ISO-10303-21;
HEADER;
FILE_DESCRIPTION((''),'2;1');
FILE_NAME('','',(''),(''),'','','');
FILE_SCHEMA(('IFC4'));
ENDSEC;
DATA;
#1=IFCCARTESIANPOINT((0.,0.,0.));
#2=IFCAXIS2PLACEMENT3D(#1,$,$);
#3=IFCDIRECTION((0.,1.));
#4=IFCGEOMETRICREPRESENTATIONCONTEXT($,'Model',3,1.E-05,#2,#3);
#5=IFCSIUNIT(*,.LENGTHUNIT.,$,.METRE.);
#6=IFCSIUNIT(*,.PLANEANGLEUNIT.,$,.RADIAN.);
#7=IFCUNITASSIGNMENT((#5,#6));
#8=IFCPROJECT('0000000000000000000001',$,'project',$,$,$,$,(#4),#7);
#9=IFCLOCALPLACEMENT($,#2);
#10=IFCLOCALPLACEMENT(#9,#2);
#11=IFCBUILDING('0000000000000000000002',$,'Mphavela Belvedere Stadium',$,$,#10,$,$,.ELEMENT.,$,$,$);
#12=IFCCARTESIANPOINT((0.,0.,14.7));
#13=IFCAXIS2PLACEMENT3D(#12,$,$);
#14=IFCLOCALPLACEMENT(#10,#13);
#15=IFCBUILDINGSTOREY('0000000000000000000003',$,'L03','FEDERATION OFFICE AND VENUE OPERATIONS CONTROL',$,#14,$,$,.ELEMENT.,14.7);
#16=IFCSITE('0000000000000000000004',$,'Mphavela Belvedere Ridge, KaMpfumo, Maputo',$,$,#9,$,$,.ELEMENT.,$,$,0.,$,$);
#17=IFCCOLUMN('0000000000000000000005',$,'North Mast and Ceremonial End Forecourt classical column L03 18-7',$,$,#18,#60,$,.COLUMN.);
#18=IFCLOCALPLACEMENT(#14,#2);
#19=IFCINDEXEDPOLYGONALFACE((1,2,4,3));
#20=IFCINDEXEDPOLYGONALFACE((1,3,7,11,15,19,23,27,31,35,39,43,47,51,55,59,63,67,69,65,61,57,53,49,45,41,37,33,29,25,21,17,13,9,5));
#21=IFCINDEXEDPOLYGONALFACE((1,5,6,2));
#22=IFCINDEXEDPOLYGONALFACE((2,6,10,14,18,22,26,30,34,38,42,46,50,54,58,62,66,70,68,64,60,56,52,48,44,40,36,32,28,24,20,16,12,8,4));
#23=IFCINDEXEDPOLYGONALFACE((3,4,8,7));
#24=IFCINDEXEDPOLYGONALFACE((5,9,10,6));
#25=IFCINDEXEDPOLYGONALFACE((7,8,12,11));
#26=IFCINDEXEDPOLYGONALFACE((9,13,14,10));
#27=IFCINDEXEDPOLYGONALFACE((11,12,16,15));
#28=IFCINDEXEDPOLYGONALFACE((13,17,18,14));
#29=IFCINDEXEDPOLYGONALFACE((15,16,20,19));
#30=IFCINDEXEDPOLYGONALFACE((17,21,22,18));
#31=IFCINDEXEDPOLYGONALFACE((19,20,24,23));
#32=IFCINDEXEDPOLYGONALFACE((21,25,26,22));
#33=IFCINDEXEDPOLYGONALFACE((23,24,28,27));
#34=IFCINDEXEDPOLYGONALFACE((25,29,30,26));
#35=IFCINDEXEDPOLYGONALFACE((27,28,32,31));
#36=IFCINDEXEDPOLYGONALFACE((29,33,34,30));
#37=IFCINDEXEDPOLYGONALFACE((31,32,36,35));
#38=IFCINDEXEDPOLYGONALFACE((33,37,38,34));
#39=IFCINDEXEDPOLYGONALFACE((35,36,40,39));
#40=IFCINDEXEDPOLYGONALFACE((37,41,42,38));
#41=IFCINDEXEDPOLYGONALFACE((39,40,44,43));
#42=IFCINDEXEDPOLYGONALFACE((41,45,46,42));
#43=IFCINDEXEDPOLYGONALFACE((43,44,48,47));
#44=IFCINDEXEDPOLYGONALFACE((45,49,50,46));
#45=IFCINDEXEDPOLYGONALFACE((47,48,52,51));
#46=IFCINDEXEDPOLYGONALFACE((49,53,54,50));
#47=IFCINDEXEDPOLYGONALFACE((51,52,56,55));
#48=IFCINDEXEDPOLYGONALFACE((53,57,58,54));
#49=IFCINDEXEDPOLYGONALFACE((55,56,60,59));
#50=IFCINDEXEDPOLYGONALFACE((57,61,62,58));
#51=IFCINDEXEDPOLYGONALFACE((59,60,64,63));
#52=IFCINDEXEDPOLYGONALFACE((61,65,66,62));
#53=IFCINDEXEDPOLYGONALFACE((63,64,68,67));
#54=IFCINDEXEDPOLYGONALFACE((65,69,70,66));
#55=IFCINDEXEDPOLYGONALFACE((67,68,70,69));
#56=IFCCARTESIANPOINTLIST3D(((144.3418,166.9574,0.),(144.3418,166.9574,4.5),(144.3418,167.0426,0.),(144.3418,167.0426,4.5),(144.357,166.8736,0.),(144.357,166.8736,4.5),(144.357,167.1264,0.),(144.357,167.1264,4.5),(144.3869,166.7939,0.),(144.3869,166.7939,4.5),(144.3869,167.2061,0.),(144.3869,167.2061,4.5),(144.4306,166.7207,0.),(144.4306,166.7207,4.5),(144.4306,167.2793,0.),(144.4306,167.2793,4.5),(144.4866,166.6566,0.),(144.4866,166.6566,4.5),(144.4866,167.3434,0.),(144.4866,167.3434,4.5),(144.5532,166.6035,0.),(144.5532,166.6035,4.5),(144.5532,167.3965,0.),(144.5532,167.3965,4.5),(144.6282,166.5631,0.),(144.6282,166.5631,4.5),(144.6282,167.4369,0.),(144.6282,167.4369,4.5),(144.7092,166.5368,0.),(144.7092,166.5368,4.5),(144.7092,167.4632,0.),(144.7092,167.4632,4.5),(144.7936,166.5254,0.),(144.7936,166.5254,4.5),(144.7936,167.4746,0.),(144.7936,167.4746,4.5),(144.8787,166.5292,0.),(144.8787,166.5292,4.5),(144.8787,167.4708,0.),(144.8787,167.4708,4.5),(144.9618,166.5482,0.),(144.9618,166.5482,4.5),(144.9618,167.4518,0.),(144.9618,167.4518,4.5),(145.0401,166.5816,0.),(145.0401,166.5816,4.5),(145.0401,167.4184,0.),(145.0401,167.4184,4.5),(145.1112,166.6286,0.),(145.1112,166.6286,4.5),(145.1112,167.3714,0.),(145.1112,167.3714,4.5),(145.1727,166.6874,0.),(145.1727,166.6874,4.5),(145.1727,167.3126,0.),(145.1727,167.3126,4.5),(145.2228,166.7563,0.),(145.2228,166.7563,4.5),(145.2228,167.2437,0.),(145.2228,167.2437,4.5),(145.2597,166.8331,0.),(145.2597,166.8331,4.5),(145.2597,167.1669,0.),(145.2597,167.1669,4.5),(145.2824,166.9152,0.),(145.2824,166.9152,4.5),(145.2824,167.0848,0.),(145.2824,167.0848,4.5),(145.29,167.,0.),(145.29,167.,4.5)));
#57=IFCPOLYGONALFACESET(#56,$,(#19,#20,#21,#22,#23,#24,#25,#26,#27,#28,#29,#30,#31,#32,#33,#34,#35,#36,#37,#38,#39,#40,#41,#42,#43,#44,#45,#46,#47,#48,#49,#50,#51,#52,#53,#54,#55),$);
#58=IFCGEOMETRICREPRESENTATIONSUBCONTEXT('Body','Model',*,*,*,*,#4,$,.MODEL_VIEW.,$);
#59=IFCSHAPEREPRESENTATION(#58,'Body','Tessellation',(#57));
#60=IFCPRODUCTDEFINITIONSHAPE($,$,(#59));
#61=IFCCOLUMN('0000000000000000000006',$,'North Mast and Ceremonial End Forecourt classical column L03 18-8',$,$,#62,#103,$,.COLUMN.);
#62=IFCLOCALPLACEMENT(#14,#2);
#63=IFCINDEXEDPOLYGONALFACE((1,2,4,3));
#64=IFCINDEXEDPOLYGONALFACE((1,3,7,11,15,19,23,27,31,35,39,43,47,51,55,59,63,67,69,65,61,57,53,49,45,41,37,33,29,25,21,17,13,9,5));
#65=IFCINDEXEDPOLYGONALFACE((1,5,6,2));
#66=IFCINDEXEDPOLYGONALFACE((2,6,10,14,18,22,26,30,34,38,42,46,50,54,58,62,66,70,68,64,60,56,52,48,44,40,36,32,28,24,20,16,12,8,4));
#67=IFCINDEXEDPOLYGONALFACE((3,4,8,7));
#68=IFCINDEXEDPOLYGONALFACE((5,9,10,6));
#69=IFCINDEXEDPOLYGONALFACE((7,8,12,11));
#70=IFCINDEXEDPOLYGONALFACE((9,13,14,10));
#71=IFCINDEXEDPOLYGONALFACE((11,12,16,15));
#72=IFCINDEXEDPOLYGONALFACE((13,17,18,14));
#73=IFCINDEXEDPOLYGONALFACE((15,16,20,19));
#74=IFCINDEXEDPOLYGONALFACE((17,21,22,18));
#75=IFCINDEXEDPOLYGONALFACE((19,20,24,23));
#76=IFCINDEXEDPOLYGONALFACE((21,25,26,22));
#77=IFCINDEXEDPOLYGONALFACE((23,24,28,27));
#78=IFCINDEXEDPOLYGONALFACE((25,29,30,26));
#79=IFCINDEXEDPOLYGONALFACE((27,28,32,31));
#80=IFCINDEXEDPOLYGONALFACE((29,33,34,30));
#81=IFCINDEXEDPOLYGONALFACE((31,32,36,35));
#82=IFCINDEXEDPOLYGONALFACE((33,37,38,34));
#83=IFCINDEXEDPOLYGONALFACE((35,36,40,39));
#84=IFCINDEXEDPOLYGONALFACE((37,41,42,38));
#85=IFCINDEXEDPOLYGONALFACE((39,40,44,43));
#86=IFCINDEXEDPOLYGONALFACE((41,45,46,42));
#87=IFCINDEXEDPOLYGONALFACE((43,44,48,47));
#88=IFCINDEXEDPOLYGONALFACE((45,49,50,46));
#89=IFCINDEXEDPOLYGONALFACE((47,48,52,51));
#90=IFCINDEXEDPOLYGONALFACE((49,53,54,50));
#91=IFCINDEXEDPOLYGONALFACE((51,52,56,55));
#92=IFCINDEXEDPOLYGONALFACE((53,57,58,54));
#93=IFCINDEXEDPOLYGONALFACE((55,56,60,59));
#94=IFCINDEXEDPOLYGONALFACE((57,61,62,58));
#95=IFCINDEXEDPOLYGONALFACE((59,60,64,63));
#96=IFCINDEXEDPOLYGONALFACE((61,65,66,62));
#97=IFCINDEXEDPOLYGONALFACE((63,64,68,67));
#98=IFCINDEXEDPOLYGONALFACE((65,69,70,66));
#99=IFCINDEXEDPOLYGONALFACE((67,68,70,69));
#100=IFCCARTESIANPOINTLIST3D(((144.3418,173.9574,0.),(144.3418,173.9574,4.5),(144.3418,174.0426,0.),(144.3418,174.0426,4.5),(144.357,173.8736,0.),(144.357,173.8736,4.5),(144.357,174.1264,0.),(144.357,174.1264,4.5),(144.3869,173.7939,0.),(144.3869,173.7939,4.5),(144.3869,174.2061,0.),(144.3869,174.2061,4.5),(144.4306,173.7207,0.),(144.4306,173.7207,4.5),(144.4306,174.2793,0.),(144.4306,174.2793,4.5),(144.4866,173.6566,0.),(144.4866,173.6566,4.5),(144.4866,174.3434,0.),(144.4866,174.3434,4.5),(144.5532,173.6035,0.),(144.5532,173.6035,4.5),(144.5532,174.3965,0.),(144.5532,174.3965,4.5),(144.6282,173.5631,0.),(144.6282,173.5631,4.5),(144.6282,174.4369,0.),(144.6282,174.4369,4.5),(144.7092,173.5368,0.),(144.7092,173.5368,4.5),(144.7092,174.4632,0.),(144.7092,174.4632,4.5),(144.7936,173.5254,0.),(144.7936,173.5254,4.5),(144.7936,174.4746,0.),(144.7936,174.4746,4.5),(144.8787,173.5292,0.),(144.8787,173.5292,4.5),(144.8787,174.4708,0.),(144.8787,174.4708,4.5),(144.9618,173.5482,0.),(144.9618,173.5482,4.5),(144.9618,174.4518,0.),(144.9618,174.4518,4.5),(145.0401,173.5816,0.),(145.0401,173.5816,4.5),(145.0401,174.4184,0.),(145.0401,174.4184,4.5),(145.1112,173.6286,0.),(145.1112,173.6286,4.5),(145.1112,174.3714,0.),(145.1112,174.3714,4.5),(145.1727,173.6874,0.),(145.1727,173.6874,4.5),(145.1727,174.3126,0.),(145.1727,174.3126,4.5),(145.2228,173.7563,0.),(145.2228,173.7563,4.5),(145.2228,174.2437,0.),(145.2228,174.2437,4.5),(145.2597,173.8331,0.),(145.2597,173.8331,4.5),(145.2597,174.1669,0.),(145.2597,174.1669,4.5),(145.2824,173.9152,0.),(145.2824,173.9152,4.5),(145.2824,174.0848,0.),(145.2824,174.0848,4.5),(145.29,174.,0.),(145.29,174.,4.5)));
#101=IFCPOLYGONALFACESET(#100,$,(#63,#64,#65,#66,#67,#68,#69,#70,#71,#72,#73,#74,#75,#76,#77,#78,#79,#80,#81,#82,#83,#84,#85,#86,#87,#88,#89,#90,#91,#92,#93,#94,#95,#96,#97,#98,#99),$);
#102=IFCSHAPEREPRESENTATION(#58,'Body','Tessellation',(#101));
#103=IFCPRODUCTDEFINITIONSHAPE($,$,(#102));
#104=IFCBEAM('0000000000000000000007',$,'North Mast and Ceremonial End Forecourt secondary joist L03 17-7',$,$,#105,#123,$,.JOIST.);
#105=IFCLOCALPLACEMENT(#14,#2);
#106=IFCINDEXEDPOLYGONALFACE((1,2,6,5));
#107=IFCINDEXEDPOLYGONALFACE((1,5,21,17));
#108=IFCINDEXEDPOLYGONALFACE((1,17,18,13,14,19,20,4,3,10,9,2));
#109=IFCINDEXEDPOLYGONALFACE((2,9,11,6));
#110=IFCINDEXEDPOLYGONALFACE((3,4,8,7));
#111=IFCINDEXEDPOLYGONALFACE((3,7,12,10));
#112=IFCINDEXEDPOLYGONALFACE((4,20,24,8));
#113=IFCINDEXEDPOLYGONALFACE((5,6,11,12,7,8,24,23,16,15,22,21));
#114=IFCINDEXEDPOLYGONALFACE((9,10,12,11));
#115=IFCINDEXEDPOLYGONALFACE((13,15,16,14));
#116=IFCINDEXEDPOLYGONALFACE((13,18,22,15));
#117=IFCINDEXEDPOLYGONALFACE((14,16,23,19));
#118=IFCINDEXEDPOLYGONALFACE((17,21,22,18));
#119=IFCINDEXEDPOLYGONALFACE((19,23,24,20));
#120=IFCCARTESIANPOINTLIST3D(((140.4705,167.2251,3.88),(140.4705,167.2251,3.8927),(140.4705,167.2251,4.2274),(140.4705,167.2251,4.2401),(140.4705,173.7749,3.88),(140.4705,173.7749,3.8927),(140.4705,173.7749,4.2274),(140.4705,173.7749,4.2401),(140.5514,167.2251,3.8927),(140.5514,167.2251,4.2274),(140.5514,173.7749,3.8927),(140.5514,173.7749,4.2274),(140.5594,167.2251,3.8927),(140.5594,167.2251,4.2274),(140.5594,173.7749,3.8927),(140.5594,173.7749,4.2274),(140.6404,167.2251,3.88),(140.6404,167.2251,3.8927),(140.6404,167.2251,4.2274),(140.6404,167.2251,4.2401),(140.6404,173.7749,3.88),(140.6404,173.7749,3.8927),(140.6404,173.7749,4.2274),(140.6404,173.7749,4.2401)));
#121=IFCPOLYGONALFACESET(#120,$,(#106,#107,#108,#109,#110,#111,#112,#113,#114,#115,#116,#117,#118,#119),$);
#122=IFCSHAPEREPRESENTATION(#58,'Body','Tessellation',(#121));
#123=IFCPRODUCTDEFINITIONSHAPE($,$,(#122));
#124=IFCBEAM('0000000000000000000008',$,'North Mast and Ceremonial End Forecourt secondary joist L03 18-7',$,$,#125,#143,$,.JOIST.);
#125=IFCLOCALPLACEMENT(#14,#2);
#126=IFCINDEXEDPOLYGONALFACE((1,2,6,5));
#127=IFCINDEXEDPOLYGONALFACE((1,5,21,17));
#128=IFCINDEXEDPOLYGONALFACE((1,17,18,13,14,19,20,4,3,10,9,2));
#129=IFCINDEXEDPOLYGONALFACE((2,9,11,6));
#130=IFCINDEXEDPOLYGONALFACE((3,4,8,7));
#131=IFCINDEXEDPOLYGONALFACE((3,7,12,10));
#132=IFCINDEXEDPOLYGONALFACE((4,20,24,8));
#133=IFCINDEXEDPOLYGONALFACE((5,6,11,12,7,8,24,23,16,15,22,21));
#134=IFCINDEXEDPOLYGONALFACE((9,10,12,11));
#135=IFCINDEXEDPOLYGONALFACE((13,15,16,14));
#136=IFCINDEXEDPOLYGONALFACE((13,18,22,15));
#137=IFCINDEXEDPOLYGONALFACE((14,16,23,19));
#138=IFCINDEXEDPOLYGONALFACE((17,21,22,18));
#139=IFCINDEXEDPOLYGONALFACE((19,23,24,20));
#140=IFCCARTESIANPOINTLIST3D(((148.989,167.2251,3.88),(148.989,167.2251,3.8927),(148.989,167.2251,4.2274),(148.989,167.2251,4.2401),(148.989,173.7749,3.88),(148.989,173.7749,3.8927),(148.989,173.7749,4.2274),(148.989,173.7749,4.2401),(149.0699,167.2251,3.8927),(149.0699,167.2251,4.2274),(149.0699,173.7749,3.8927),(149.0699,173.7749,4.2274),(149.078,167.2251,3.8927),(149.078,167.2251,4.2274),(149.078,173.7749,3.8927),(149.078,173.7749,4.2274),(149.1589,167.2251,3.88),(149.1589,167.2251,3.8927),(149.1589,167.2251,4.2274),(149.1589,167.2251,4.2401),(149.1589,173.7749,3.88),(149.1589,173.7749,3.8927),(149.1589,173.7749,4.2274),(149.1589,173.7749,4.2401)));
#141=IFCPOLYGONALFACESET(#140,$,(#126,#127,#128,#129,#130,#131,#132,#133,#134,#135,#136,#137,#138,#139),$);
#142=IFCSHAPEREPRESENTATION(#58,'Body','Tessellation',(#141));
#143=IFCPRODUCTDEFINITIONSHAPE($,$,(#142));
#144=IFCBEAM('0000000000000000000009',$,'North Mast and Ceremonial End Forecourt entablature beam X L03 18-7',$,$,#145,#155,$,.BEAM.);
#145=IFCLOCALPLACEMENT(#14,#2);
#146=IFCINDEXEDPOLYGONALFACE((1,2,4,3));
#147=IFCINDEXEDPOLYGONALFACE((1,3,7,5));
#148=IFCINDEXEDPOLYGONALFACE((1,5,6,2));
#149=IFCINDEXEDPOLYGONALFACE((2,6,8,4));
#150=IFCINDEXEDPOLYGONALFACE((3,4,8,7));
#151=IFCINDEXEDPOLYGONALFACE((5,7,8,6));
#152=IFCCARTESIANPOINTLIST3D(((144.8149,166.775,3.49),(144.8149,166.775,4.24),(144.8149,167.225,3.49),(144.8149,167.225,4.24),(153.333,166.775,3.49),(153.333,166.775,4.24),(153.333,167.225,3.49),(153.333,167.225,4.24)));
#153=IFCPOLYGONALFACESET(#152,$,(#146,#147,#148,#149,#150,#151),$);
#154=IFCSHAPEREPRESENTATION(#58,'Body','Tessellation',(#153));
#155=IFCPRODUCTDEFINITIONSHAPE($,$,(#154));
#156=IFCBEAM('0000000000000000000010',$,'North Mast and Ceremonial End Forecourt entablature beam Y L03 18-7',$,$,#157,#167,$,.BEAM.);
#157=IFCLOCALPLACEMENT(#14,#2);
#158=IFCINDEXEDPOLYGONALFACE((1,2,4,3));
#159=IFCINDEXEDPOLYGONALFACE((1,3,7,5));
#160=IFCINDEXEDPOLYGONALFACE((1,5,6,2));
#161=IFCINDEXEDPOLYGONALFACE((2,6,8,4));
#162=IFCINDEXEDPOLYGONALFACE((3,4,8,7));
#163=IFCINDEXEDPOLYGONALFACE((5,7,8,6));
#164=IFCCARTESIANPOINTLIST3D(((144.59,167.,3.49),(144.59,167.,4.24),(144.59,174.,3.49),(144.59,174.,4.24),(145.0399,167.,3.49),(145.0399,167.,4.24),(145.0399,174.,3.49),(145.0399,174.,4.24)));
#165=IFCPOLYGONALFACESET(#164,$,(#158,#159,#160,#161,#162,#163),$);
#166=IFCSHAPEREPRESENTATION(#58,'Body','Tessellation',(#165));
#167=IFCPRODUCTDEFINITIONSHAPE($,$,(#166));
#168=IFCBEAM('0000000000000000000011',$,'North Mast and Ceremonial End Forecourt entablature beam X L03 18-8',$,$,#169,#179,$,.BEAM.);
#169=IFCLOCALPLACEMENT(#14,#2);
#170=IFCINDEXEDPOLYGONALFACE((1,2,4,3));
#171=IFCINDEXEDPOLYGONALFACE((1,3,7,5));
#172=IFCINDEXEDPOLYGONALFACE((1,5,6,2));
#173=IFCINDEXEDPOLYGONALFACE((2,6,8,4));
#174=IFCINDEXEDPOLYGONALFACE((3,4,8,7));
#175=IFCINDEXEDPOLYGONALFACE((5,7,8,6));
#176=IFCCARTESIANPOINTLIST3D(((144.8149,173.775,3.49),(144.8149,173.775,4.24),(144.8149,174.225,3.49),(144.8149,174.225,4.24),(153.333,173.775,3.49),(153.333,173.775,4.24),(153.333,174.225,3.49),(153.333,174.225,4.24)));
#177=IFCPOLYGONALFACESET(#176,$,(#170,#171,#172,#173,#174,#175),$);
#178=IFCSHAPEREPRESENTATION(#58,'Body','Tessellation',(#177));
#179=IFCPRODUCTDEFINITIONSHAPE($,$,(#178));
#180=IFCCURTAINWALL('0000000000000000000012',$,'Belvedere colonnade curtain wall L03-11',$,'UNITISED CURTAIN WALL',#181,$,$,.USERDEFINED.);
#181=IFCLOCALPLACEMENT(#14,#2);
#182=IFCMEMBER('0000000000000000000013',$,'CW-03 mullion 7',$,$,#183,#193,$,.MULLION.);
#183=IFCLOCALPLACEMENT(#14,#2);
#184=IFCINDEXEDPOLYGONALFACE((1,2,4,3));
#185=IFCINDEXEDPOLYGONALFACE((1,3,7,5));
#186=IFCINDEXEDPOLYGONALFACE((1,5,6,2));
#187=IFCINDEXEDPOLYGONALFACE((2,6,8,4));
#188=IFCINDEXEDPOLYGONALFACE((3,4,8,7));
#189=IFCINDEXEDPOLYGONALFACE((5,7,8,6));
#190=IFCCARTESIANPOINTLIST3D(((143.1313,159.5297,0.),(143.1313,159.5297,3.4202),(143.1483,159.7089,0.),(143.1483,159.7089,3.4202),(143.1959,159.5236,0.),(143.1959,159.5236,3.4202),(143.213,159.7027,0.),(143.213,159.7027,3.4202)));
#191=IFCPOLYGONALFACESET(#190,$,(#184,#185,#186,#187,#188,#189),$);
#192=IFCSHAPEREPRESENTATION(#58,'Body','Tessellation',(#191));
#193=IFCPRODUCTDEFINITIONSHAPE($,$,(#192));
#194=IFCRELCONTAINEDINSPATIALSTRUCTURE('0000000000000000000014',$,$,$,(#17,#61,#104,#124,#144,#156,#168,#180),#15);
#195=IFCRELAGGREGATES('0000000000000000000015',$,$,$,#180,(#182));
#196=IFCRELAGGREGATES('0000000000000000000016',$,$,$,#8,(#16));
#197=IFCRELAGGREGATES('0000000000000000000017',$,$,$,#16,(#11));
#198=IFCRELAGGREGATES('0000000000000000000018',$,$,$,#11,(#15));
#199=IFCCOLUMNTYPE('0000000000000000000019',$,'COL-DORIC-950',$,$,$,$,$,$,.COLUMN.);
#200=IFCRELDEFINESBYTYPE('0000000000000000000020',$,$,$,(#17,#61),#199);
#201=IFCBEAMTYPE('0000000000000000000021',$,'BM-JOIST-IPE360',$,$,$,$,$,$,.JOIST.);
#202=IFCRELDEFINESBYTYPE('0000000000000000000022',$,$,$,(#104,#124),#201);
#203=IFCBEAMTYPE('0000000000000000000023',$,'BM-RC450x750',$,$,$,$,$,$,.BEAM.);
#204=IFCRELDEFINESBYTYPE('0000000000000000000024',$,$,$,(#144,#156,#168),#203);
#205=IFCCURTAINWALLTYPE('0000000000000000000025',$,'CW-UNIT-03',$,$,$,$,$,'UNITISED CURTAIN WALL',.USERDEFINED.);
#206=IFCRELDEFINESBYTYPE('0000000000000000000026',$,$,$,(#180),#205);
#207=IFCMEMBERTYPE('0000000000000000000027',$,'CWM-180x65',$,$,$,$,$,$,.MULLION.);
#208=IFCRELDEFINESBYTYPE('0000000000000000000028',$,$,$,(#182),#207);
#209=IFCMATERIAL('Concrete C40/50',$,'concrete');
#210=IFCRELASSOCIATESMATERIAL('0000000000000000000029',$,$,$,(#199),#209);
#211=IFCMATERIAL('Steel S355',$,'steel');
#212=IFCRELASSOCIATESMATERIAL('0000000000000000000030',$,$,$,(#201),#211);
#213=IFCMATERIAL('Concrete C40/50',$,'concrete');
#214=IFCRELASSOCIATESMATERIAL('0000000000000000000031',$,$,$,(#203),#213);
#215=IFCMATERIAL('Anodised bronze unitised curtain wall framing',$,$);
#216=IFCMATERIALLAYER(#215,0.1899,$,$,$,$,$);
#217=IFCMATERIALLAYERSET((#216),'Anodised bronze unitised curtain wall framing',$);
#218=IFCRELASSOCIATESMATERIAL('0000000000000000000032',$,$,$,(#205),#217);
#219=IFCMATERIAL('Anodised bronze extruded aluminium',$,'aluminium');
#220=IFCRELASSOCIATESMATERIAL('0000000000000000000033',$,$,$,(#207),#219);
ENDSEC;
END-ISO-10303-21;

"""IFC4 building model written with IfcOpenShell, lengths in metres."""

from ifc_helpers import new_model, si_unit, direction, frame, origin, origin_2d, place, context, subcontext, project, spatial, rectangle, circle, i_section, extrude, material, layer, layer_set, material_profile, profile_set, type_object, element, aggregate, save


model = new_model("IFC4")

# Units and contexts
model_context = context("Model", 3, precision=1e-05, world=origin(), true_north=direction((0.0, 1.0)))
body_context = subcontext(model_context, "Body", "Model", "MODEL_VIEW")
ifc_project = project(units=[si_unit("LENGTHUNIT", "METRE"), si_unit("PLANEANGLEUNIT", "RADIAN")], contexts=[model_context])

# Site, building, storey
site_placement = place(None, origin())
site = spatial("IfcSite", under=ifc_project, at=site_placement, Name="Mphavela Belvedere Ridge, KaMpfumo, Maputo", CompositionType="ELEMENT", RefElevation=0.0)
building_placement = place(site_placement, origin())
building = spatial("IfcBuilding", under=site, at=building_placement, Name="Mphavela Belvedere Stadium", CompositionType="ELEMENT")
storey_placement = place(building_placement, frame((0.0, 0.0, 14.7)))
storey = spatial("IfcBuildingStorey", under=building, at=storey_placement, Name="L03", Description="FEDERATION OFFICE AND VENUE OPERATIONS CONTROL", CompositionType="ELEMENT", Elevation=14.7)

# Columns
ifc_material_1 = material(Name="Concrete C40/50", Category="concrete")
ifc_material_profile_1 = material_profile(ifc_material_1, circle(Radius=0.4751, at=origin_2d()), Name="COL D950")
ifc_profile_set_1 = profile_set([ifc_material_profile_1], Name="Concrete C40/50")
column_type = type_object("IfcColumnType", Name="COL-DORIC-950", PredefinedType="COLUMN", material=ifc_profile_set_1)
for number, where, z_axis, x_axis, name in (
    (1, (144.8149, 167.0, 0.0), (0.0, 0.0, 1.0), (1.0, 0.0, 0.0), "North Mast and Ceremonial End Forecourt classical column L03 18-7"),
    (2, (144.8149, 174.0, 0.0), (0.0, 0.0, 1.0), (1.0, 0.0, 0.0), "North Mast and Ceremonial End Forecourt classical column L03 18-8"),
):
    element("IfcColumn", number, at=place(storey_placement, frame(where, z_axis=z_axis, x_axis=x_axis)), inside=storey, type_object=column_type, Name=name, PredefinedType="COLUMN", context=body_context, shape_type="SweptSolid", body=[
        extrude(circle(Radius=0.4751, at=origin_2d()), origin(), (0.0, 0.0, 1.0), 4.5),
    ])

# Beams
ifc_material_2 = material(Name="Steel S355", Category="steel")
ifc_material_profile_2 = material_profile(ifc_material_2, i_section(OverallWidth=0.1699, OverallDepth=0.3601, WebThickness=0.0081, FlangeThickness=0.0127, at=origin_2d()), Name="IPE 360")
ifc_profile_set_2 = profile_set([ifc_material_profile_2], Name="Steel S355")
beam_type_1 = type_object("IfcBeamType", Name="BM-JOIST-IPE360", PredefinedType="JOIST", material=ifc_profile_set_2)
for number, where, z_axis, x_axis, name in (
    (3, (140.5554, 167.2251, 4.0601), (0.0, 1.0, 0.0), (-1.0, 0.0, 0.0), "North Mast and Ceremonial End Forecourt secondary joist L03 17-7"),
    (4, (149.074, 167.2251, 4.0601), (0.0, 1.0, 0.0), (-1.0, 0.0, 0.0), "North Mast and Ceremonial End Forecourt secondary joist L03 18-7"),
):
    element("IfcBeam", number, at=place(storey_placement, frame(where, z_axis=z_axis, x_axis=x_axis)), inside=storey, type_object=beam_type_1, Name=name, PredefinedType="JOIST", context=body_context, shape_type="SweptSolid", body=[
        extrude(i_section(OverallWidth=0.1699, OverallDepth=0.3601, WebThickness=0.0081, FlangeThickness=0.0127, at=origin_2d()), origin(), (0.0, 0.0, 1.0), 6.5498),
    ])
ifc_material_3 = material(Name="Concrete C40/50", Category="concrete")
ifc_material_profile_3 = material_profile(ifc_material_3, rectangle(XDim=0.45, YDim=0.75, at=origin_2d()), Name="RC 450x750")
ifc_profile_set_3 = profile_set([ifc_material_profile_3], Name="Concrete C40/50")
beam_type_2 = type_object("IfcBeamType", Name="BM-RC450x750", PredefinedType="BEAM", material=ifc_profile_set_3)
beam_1_placement = place(storey_placement, frame((144.8149, 167.0, 3.865), z_axis=(1.0, 0.0, 0.0), x_axis=(0.0, 1.0, 0.0)))
element("IfcBeam", 5, at=beam_1_placement, inside=storey, type_object=beam_type_2, Name="North Mast and Ceremonial End Forecourt entablature beam X L03 18-7", PredefinedType="BEAM", context=body_context, shape_type="SweptSolid", body=[
    extrude(rectangle(XDim=0.45, YDim=0.75, at=origin_2d()), origin(), (0.0, 0.0, 1.0), 8.5181),
])
beam_2_placement = place(storey_placement, frame((144.8149, 167.0, 3.865), z_axis=(0.0, 1.0, 0.0), x_axis=(-1.0, 0.0, 0.0)))
element("IfcBeam", 6, at=beam_2_placement, inside=storey, type_object=beam_type_2, Name="North Mast and Ceremonial End Forecourt entablature beam Y L03 18-7", PredefinedType="BEAM", context=body_context, shape_type="SweptSolid", body=[
    extrude(rectangle(XDim=0.45, YDim=0.75, at=origin_2d()), origin(), (0.0, 0.0, 1.0), 7.0),
])
beam_3_placement = place(storey_placement, frame((144.8149, 174.0, 3.865), z_axis=(1.0, 0.0, 0.0), x_axis=(0.0, 1.0, 0.0)))
element("IfcBeam", 7, at=beam_3_placement, inside=storey, type_object=beam_type_2, Name="North Mast and Ceremonial End Forecourt entablature beam X L03 18-8", PredefinedType="BEAM", context=body_context, shape_type="SweptSolid", body=[
    extrude(rectangle(XDim=0.45, YDim=0.75, at=origin_2d()), origin(), (0.0, 0.0, 1.0), 8.5181),
])

# Curtain wall, member
ifc_material_4 = material(Name="Anodised bronze unitised curtain wall framing")
ifc_layer_1 = layer(ifc_material_4, 0.1899)
ifc_layer_set_1 = layer_set([ifc_layer_1], Name="Anodised bronze unitised curtain wall framing")
curtain_wall_type = type_object("IfcCurtainWallType", Name="CW-UNIT-03", ElementType="UNITISED CURTAIN WALL", PredefinedType="USERDEFINED", material=ifc_layer_set_1)
curtain_wall_placement = place(storey_placement, origin())
curtain_wall = element("IfcCurtainWall", 8, at=curtain_wall_placement, inside=storey, type_object=curtain_wall_type, Name="Belvedere colonnade curtain wall L03-11", ObjectType="UNITISED CURTAIN WALL", PredefinedType="USERDEFINED")
ifc_material_5 = material(Name="Anodised bronze extruded aluminium", Category="aluminium")
ifc_material_profile_4 = material_profile(ifc_material_5, rectangle(XDim=0.1799, YDim=0.0649, at=origin_2d()), Name="CW-MUL 180x65")
ifc_profile_set_4 = profile_set([ifc_material_profile_4], Name="Anodised bronze extruded aluminium")
member_type_1 = type_object("IfcMemberType", Name="CWM-180x65", PredefinedType="MULLION", material=ifc_profile_set_4)
member_1_placement = place(storey_placement, frame((143.1721, 159.6162, 0.0), z_axis=(0.0, 0.0, 1.0), x_axis=(-0.094929, -0.995484, 0.0)))
member_1 = element("IfcMember", 9, at=member_1_placement, type_object=member_type_1, Name="CW-03 mullion 7", PredefinedType="MULLION", context=body_context, shape_type="SweptSolid", body=[
    extrude(rectangle(XDim=0.1799, YDim=0.0649, at=origin_2d()), origin(), (0.0, 0.0, 1.0), 3.4202),
])
aggregate(curtain_wall, [member_1])

save(model, "model.ifc")
